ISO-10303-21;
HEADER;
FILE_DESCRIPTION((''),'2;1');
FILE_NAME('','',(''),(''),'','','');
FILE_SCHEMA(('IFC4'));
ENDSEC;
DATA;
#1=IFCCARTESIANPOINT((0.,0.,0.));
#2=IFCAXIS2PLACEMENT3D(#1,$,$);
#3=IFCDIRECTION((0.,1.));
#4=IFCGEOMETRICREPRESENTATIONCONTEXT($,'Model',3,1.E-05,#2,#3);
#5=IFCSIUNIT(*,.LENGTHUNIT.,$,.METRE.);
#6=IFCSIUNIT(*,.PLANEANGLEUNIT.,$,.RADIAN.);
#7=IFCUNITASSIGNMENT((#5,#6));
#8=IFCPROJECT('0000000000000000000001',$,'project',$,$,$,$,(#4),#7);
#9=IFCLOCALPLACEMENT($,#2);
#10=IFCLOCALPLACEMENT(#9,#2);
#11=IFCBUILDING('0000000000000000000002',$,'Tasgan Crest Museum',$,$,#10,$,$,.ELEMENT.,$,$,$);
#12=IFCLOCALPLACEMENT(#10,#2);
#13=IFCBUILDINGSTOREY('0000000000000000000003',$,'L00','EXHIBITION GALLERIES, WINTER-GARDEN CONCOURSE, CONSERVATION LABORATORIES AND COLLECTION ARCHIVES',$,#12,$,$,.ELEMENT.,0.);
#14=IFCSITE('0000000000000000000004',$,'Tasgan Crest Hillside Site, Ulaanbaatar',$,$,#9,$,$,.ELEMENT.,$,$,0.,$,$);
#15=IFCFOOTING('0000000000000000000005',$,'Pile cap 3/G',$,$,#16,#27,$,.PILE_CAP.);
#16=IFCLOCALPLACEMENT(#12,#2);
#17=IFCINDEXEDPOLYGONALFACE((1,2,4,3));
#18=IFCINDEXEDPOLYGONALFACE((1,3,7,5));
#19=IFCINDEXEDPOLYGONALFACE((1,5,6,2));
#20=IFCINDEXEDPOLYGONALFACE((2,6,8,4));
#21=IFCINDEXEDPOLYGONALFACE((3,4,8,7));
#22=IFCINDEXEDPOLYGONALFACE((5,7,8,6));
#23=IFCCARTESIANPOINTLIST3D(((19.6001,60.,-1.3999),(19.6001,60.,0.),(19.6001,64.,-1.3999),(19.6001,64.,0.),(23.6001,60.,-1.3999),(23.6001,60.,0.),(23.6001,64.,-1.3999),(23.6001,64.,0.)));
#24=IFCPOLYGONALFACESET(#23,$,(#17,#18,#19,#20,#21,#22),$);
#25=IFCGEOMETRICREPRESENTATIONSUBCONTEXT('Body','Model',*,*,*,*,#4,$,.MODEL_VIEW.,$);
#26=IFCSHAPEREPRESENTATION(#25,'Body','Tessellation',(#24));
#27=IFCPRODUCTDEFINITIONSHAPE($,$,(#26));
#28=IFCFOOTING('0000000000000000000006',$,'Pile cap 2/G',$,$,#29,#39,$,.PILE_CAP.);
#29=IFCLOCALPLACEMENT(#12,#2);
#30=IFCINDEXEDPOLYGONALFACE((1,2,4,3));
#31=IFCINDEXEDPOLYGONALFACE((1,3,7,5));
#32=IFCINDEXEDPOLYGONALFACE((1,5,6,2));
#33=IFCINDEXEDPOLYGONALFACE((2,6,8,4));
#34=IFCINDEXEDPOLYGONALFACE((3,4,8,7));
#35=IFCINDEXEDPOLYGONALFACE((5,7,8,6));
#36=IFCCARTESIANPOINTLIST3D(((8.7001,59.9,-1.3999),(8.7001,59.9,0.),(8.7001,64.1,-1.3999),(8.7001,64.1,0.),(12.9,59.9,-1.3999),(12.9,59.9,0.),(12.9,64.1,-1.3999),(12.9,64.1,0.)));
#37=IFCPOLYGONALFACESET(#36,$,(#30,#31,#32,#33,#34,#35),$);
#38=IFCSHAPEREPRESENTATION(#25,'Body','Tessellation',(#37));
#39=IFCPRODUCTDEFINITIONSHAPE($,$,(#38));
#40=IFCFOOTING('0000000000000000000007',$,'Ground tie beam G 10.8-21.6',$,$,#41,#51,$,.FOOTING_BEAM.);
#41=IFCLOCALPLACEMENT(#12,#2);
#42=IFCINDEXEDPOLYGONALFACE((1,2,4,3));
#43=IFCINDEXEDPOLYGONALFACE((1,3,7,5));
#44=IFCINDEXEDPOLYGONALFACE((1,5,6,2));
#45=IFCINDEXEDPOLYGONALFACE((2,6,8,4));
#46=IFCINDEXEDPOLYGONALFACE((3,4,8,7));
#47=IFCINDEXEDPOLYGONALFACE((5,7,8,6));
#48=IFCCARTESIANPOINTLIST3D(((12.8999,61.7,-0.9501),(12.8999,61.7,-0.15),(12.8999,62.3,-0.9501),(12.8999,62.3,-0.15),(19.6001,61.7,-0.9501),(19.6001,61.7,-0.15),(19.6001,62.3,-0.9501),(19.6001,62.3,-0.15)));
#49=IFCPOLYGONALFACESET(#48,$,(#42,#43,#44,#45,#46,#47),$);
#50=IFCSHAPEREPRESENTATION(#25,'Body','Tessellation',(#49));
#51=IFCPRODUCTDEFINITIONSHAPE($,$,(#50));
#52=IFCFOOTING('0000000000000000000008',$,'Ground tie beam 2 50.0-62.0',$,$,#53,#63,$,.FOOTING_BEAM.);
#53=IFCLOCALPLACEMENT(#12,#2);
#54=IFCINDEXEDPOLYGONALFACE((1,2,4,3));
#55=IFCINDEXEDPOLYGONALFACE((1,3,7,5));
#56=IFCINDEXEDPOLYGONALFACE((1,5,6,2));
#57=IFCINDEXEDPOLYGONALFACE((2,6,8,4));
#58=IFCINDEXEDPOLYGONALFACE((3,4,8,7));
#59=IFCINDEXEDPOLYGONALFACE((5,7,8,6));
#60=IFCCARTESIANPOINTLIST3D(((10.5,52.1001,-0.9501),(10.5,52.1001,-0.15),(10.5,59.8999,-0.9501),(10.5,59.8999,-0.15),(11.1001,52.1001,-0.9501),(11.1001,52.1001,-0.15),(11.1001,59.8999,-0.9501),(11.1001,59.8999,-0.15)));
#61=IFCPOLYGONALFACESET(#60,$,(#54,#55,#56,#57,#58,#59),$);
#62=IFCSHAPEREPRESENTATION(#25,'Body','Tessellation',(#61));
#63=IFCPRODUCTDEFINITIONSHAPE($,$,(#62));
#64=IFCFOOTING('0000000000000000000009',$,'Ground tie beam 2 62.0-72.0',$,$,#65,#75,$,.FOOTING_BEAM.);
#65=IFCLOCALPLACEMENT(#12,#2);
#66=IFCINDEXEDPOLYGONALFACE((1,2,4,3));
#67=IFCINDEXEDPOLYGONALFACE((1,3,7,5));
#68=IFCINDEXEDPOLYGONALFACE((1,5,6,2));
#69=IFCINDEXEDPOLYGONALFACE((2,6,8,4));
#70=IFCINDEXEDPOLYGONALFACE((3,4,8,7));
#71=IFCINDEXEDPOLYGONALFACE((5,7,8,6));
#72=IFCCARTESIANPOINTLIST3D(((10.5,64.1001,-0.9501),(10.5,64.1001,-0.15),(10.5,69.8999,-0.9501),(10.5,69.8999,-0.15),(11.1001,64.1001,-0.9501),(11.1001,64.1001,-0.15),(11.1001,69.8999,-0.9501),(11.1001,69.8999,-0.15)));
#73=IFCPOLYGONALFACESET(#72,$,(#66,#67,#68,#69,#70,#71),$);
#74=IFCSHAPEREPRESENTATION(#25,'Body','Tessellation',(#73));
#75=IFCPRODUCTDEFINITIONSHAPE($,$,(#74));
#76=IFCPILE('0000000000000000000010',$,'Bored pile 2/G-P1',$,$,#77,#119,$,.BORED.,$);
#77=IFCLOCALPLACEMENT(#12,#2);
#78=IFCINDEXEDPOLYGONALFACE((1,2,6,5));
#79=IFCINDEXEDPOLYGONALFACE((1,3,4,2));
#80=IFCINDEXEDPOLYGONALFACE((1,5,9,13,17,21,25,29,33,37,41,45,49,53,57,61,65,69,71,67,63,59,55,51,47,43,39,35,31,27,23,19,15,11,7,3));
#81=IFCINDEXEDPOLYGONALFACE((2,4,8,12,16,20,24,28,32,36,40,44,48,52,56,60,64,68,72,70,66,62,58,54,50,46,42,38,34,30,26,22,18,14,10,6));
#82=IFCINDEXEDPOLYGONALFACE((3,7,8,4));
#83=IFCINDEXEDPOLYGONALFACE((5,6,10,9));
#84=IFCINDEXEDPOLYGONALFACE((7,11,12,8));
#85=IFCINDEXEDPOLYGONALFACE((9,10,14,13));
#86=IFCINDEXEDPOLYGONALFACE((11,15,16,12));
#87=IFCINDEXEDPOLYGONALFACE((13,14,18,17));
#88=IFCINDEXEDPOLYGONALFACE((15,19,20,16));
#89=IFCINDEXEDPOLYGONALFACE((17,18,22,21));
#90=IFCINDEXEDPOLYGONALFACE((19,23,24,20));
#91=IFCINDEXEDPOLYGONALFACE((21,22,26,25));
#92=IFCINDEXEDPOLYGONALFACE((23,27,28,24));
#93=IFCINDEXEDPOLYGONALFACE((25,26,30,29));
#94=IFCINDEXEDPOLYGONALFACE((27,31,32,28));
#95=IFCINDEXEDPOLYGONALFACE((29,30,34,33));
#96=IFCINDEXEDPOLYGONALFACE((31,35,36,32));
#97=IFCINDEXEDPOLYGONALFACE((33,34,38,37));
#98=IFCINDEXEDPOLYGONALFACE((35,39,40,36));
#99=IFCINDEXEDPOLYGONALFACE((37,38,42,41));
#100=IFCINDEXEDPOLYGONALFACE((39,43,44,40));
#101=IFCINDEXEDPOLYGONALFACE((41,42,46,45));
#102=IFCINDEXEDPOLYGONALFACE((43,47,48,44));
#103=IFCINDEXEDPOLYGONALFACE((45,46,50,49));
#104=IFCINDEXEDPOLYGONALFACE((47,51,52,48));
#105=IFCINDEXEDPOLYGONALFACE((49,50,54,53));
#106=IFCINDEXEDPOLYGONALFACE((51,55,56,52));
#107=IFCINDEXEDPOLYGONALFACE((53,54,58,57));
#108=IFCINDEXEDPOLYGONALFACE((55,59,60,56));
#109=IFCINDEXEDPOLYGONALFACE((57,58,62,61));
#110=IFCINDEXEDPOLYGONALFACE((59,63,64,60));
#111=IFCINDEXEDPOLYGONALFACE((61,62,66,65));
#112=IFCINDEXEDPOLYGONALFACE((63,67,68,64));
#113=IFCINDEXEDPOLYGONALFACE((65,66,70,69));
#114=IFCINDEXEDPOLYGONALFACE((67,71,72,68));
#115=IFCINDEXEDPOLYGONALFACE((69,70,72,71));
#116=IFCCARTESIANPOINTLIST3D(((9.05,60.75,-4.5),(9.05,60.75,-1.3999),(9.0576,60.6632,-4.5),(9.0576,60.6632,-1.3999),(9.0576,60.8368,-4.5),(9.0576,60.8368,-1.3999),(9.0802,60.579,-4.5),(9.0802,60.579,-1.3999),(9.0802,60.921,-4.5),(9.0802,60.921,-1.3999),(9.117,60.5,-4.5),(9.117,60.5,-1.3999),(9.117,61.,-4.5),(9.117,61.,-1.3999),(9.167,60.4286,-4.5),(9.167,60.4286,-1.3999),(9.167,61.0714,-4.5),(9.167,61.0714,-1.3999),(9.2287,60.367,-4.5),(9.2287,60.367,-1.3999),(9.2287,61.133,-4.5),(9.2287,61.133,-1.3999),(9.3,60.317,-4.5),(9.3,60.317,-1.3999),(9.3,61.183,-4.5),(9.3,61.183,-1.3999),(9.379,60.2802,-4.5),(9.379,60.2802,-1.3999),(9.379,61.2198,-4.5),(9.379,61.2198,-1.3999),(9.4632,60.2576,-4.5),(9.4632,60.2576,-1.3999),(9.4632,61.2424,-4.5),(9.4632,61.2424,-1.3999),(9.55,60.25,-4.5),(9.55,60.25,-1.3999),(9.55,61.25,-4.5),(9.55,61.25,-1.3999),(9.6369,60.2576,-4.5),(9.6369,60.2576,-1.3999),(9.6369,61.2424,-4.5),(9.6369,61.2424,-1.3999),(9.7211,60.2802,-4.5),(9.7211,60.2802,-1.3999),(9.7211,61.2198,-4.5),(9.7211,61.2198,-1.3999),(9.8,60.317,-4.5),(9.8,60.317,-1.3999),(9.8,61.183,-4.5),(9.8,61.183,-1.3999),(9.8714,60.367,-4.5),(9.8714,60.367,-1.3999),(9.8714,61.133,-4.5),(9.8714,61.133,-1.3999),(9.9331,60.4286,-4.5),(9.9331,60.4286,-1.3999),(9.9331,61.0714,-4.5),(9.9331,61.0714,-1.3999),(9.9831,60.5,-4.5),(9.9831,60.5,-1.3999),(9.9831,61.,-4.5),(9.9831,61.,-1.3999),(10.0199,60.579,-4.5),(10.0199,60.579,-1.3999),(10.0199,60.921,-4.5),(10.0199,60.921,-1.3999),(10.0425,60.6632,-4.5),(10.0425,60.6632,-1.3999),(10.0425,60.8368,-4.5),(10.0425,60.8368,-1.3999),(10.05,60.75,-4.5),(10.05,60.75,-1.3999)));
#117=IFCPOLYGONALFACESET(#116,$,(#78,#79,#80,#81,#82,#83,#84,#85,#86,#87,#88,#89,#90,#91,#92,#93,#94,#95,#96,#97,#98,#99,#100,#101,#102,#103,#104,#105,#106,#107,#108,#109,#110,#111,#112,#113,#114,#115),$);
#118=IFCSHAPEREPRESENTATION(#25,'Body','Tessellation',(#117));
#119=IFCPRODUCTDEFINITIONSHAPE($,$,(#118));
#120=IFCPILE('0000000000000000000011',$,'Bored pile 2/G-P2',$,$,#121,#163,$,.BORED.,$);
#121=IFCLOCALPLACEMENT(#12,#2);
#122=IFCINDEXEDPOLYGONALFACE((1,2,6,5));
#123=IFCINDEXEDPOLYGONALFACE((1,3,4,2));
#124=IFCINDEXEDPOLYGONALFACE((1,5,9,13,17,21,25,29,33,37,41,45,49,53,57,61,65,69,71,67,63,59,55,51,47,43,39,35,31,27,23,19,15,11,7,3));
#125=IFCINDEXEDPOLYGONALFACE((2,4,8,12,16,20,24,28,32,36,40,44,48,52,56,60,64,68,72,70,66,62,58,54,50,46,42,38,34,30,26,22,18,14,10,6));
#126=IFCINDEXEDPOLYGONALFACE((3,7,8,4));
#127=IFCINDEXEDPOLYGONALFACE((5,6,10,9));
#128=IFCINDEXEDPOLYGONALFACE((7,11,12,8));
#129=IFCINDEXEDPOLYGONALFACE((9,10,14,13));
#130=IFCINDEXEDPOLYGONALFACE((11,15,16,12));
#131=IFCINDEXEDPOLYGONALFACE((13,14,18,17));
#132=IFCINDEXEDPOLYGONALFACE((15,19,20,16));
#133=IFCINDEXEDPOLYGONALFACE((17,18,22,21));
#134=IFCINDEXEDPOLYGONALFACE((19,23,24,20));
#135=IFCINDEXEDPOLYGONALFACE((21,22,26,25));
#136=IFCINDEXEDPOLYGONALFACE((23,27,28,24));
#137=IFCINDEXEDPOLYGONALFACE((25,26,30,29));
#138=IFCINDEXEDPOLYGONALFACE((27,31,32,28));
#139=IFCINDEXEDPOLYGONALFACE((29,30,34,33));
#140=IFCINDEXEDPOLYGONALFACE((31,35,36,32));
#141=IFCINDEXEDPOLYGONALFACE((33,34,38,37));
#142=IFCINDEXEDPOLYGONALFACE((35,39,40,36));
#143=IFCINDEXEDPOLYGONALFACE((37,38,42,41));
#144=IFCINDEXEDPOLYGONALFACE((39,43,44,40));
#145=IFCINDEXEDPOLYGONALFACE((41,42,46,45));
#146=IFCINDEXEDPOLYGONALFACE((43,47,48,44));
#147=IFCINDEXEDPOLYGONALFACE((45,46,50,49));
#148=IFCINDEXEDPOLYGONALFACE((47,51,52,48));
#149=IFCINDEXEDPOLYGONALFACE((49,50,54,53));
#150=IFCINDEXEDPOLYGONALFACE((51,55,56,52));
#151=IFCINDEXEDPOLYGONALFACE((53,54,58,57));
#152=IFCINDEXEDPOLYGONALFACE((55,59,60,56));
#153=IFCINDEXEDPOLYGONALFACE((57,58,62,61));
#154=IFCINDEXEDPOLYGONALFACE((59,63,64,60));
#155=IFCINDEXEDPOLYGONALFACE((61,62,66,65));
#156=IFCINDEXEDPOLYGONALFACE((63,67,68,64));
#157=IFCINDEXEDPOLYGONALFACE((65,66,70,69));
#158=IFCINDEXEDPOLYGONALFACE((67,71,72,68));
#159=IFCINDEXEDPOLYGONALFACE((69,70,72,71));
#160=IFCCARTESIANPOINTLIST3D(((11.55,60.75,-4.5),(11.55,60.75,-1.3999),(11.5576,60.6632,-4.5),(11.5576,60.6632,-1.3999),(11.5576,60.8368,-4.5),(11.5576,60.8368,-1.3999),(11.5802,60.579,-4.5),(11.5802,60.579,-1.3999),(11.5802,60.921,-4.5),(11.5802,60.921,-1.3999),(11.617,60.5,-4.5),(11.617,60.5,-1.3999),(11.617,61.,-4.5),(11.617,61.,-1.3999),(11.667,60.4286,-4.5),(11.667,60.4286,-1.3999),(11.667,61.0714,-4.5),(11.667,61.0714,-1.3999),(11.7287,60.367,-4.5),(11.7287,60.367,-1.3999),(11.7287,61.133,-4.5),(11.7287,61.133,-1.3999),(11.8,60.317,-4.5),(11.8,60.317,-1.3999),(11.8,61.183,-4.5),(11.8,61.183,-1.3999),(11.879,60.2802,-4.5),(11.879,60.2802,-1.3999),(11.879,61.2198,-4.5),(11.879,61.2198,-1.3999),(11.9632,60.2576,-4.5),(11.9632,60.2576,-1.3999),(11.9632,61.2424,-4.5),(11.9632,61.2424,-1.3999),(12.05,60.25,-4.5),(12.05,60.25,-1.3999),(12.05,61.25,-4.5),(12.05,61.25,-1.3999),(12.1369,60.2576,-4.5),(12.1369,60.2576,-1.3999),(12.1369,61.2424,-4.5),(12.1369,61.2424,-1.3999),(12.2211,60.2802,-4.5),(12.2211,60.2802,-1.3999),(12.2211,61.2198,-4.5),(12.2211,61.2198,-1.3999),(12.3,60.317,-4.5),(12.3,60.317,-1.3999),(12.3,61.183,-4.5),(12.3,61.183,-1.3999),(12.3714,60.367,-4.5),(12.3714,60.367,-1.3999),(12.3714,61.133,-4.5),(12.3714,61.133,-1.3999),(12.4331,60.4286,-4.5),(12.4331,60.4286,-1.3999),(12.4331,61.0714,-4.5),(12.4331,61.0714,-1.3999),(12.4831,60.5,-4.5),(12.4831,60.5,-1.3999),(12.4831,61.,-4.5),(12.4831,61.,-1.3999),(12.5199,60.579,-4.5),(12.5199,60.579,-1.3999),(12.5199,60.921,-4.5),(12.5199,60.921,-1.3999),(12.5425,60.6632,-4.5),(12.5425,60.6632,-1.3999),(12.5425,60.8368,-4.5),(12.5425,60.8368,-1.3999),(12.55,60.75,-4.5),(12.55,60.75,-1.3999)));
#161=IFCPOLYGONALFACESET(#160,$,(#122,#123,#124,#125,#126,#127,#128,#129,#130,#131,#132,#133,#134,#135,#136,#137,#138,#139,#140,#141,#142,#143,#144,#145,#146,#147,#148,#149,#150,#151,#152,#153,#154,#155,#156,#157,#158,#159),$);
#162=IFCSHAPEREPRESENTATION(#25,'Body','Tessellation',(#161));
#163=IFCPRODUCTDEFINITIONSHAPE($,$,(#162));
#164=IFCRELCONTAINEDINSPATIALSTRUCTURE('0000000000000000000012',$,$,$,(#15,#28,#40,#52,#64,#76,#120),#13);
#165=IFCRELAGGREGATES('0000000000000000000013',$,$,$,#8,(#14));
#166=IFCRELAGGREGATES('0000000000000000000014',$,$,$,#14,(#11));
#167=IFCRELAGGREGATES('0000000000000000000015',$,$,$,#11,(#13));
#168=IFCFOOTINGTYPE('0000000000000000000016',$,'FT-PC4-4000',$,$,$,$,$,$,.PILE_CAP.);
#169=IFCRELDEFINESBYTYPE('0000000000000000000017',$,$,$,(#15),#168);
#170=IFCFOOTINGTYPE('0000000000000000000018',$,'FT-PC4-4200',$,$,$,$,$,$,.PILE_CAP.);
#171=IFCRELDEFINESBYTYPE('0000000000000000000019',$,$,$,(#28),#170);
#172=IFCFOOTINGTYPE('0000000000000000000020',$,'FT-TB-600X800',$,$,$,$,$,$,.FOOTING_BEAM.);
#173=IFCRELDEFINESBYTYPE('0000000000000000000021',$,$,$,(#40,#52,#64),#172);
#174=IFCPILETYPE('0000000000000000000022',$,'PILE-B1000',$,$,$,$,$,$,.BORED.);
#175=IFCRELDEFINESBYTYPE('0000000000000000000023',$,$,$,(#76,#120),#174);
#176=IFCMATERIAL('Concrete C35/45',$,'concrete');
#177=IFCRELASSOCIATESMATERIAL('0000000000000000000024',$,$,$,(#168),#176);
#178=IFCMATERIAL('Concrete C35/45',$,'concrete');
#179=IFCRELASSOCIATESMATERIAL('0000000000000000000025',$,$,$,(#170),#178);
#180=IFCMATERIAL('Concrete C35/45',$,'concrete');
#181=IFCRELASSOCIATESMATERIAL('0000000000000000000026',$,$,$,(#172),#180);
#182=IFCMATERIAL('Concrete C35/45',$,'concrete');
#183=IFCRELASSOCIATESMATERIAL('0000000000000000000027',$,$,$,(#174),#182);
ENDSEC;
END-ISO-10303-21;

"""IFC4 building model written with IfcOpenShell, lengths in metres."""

from ifc_helpers import new_model, si_unit, direction, frame, origin, origin_2d, place, context, subcontext, project, spatial, rectangle, circle, extrude, material, material_profile, profile_set, type_object, element, save


model = new_model("IFC4")

# Units and contexts
model_context = context("Model", 3, precision=1e-05, world=origin(), true_north=direction((0.0, 1.0)))
body_context = subcontext(model_context, "Body", "Model", "MODEL_VIEW")
ifc_project = project(units=[si_unit("LENGTHUNIT", "METRE"), si_unit("PLANEANGLEUNIT", "RADIAN")], contexts=[model_context])

# Site, building, storey
site_placement = place(None, origin())
site = spatial("IfcSite", under=ifc_project, at=site_placement, Name="Tasgan Crest Hillside Site, Ulaanbaatar", CompositionType="ELEMENT", RefElevation=0.0)
building_placement = place(site_placement, origin())
building = spatial("IfcBuilding", under=site, at=building_placement, Name="Tasgan Crest Museum", CompositionType="ELEMENT")
storey_placement = place(building_placement, origin())
storey = spatial("IfcBuildingStorey", under=building, at=storey_placement, Name="L00", Description="EXHIBITION GALLERIES, WINTER-GARDEN CONCOURSE, CONSERVATION LABORATORIES AND COLLECTION ARCHIVES", CompositionType="ELEMENT", Elevation=0.0)

# Footings
ifc_material_1 = material(Name="Concrete C35/45", Category="concrete")
footing_type_1 = type_object("IfcFootingType", Name="FT-PC4-4000", PredefinedType="PILE_CAP", material=ifc_material_1)
footing_1_placement = place(storey_placement, frame((21.6001, 62.0, -1.3999), z_axis=(0.0, 0.0, 1.0), x_axis=(1.0, 0.0, 0.0)))
element("IfcFooting", 1, at=footing_1_placement, inside=storey, type_object=footing_type_1, Name="Pile cap 3/G", PredefinedType="PILE_CAP", context=body_context, shape_type="SweptSolid", body=[
    extrude(rectangle(XDim=4.0, YDim=4.0, at=origin_2d()), origin(), (0.0, 0.0, 1.0), 1.3999),
])
ifc_material_2 = material(Name="Concrete C35/45", Category="concrete")
footing_type_2 = type_object("IfcFootingType", Name="FT-PC4-4200", PredefinedType="PILE_CAP", material=ifc_material_2)
footing_2_placement = place(storey_placement, frame((10.8, 62.0, -1.3999), z_axis=(0.0, 0.0, 1.0), x_axis=(1.0, 0.0, 0.0)))
element("IfcFooting", 2, at=footing_2_placement, inside=storey, type_object=footing_type_2, Name="Pile cap 2/G", PredefinedType="PILE_CAP", context=body_context, shape_type="SweptSolid", body=[
    extrude(rectangle(XDim=4.2, YDim=4.2, at=origin_2d()), origin(), (0.0, 0.0, 1.0), 1.3999),
])
ifc_material_3 = material(Name="Concrete C35/45", Category="concrete")
ifc_material_profile_1 = material_profile(ifc_material_3, rectangle(XDim=0.6001, YDim=0.8, at=origin_2d()), Name="TB 600x800")
ifc_profile_set_1 = profile_set([ifc_material_profile_1], Name="Concrete C35/45")
footing_type_3 = type_object("IfcFootingType", Name="FT-TB-600X800", PredefinedType="FOOTING_BEAM", material=ifc_profile_set_1)
footing_3_placement = place(storey_placement, frame((12.8999, 62.0, -0.55), z_axis=(1.0, 0.0, 0.0), x_axis=(0.0, 1.0, 0.0)))
element("IfcFooting", 3, at=footing_3_placement, inside=storey, type_object=footing_type_3, Name="Ground tie beam G 10.8-21.6", PredefinedType="FOOTING_BEAM", context=body_context, shape_type="SweptSolid", body=[
    extrude(rectangle(XDim=0.6001, YDim=0.8, at=origin_2d()), origin(), (0.0, 0.0, 1.0), 6.7002),
])
footing_4_placement = place(storey_placement, frame((10.8, 52.1001, -0.55), z_axis=(0.0, 1.0, 0.0), x_axis=(-1.0, 0.0, 0.0)))
element("IfcFooting", 4, at=footing_4_placement, inside=storey, type_object=footing_type_3, Name="Ground tie beam 2 50.0-62.0", PredefinedType="FOOTING_BEAM", context=body_context, shape_type="SweptSolid", body=[
    extrude(rectangle(XDim=0.6001, YDim=0.8, at=origin_2d()), origin(), (0.0, 0.0, 1.0), 7.7998),
])
footing_5_placement = place(storey_placement, frame((10.8, 64.1001, -0.55), z_axis=(0.0, 1.0, 0.0), x_axis=(-1.0, 0.0, 0.0)))
element("IfcFooting", 5, at=footing_5_placement, inside=storey, type_object=footing_type_3, Name="Ground tie beam 2 62.0-72.0", PredefinedType="FOOTING_BEAM", context=body_context, shape_type="SweptSolid", body=[
    extrude(rectangle(XDim=0.6001, YDim=0.8, at=origin_2d()), origin(), (0.0, 0.0, 1.0), 5.7998),
])

# Piles
ifc_material_4 = material(Name="Concrete C35/45", Category="concrete")
ifc_material_profile_2 = material_profile(ifc_material_4, circle(Radius=0.5, at=origin_2d()), Name="PILE D1000")
ifc_profile_set_2 = profile_set([ifc_material_profile_2], Name="Concrete C35/45")
pile_type = type_object("IfcPileType", Name="PILE-B1000", PredefinedType="BORED", material=ifc_profile_set_2)
for number, where, z_axis, x_axis, name in (
    (6, (9.55, 60.75, -1.3999), (0.0, 0.0, -1.0), (1.0, 0.0, 0.0), "Bored pile 2/G-P1"),
    (7, (12.05, 60.75, -1.3999), (0.0, 0.0, -1.0), (1.0, 0.0, 0.0), "Bored pile 2/G-P2"),
):
    element("IfcPile", number, at=place(storey_placement, frame(where, z_axis=z_axis, x_axis=x_axis)), inside=storey, type_object=pile_type, Name=name, PredefinedType="BORED", context=body_context, shape_type="SweptSolid", body=[
        extrude(circle(Radius=0.5, at=origin_2d()), origin(), (0.0, 0.0, 1.0), 3.1001),
    ])

save(model, "model.ifc")
